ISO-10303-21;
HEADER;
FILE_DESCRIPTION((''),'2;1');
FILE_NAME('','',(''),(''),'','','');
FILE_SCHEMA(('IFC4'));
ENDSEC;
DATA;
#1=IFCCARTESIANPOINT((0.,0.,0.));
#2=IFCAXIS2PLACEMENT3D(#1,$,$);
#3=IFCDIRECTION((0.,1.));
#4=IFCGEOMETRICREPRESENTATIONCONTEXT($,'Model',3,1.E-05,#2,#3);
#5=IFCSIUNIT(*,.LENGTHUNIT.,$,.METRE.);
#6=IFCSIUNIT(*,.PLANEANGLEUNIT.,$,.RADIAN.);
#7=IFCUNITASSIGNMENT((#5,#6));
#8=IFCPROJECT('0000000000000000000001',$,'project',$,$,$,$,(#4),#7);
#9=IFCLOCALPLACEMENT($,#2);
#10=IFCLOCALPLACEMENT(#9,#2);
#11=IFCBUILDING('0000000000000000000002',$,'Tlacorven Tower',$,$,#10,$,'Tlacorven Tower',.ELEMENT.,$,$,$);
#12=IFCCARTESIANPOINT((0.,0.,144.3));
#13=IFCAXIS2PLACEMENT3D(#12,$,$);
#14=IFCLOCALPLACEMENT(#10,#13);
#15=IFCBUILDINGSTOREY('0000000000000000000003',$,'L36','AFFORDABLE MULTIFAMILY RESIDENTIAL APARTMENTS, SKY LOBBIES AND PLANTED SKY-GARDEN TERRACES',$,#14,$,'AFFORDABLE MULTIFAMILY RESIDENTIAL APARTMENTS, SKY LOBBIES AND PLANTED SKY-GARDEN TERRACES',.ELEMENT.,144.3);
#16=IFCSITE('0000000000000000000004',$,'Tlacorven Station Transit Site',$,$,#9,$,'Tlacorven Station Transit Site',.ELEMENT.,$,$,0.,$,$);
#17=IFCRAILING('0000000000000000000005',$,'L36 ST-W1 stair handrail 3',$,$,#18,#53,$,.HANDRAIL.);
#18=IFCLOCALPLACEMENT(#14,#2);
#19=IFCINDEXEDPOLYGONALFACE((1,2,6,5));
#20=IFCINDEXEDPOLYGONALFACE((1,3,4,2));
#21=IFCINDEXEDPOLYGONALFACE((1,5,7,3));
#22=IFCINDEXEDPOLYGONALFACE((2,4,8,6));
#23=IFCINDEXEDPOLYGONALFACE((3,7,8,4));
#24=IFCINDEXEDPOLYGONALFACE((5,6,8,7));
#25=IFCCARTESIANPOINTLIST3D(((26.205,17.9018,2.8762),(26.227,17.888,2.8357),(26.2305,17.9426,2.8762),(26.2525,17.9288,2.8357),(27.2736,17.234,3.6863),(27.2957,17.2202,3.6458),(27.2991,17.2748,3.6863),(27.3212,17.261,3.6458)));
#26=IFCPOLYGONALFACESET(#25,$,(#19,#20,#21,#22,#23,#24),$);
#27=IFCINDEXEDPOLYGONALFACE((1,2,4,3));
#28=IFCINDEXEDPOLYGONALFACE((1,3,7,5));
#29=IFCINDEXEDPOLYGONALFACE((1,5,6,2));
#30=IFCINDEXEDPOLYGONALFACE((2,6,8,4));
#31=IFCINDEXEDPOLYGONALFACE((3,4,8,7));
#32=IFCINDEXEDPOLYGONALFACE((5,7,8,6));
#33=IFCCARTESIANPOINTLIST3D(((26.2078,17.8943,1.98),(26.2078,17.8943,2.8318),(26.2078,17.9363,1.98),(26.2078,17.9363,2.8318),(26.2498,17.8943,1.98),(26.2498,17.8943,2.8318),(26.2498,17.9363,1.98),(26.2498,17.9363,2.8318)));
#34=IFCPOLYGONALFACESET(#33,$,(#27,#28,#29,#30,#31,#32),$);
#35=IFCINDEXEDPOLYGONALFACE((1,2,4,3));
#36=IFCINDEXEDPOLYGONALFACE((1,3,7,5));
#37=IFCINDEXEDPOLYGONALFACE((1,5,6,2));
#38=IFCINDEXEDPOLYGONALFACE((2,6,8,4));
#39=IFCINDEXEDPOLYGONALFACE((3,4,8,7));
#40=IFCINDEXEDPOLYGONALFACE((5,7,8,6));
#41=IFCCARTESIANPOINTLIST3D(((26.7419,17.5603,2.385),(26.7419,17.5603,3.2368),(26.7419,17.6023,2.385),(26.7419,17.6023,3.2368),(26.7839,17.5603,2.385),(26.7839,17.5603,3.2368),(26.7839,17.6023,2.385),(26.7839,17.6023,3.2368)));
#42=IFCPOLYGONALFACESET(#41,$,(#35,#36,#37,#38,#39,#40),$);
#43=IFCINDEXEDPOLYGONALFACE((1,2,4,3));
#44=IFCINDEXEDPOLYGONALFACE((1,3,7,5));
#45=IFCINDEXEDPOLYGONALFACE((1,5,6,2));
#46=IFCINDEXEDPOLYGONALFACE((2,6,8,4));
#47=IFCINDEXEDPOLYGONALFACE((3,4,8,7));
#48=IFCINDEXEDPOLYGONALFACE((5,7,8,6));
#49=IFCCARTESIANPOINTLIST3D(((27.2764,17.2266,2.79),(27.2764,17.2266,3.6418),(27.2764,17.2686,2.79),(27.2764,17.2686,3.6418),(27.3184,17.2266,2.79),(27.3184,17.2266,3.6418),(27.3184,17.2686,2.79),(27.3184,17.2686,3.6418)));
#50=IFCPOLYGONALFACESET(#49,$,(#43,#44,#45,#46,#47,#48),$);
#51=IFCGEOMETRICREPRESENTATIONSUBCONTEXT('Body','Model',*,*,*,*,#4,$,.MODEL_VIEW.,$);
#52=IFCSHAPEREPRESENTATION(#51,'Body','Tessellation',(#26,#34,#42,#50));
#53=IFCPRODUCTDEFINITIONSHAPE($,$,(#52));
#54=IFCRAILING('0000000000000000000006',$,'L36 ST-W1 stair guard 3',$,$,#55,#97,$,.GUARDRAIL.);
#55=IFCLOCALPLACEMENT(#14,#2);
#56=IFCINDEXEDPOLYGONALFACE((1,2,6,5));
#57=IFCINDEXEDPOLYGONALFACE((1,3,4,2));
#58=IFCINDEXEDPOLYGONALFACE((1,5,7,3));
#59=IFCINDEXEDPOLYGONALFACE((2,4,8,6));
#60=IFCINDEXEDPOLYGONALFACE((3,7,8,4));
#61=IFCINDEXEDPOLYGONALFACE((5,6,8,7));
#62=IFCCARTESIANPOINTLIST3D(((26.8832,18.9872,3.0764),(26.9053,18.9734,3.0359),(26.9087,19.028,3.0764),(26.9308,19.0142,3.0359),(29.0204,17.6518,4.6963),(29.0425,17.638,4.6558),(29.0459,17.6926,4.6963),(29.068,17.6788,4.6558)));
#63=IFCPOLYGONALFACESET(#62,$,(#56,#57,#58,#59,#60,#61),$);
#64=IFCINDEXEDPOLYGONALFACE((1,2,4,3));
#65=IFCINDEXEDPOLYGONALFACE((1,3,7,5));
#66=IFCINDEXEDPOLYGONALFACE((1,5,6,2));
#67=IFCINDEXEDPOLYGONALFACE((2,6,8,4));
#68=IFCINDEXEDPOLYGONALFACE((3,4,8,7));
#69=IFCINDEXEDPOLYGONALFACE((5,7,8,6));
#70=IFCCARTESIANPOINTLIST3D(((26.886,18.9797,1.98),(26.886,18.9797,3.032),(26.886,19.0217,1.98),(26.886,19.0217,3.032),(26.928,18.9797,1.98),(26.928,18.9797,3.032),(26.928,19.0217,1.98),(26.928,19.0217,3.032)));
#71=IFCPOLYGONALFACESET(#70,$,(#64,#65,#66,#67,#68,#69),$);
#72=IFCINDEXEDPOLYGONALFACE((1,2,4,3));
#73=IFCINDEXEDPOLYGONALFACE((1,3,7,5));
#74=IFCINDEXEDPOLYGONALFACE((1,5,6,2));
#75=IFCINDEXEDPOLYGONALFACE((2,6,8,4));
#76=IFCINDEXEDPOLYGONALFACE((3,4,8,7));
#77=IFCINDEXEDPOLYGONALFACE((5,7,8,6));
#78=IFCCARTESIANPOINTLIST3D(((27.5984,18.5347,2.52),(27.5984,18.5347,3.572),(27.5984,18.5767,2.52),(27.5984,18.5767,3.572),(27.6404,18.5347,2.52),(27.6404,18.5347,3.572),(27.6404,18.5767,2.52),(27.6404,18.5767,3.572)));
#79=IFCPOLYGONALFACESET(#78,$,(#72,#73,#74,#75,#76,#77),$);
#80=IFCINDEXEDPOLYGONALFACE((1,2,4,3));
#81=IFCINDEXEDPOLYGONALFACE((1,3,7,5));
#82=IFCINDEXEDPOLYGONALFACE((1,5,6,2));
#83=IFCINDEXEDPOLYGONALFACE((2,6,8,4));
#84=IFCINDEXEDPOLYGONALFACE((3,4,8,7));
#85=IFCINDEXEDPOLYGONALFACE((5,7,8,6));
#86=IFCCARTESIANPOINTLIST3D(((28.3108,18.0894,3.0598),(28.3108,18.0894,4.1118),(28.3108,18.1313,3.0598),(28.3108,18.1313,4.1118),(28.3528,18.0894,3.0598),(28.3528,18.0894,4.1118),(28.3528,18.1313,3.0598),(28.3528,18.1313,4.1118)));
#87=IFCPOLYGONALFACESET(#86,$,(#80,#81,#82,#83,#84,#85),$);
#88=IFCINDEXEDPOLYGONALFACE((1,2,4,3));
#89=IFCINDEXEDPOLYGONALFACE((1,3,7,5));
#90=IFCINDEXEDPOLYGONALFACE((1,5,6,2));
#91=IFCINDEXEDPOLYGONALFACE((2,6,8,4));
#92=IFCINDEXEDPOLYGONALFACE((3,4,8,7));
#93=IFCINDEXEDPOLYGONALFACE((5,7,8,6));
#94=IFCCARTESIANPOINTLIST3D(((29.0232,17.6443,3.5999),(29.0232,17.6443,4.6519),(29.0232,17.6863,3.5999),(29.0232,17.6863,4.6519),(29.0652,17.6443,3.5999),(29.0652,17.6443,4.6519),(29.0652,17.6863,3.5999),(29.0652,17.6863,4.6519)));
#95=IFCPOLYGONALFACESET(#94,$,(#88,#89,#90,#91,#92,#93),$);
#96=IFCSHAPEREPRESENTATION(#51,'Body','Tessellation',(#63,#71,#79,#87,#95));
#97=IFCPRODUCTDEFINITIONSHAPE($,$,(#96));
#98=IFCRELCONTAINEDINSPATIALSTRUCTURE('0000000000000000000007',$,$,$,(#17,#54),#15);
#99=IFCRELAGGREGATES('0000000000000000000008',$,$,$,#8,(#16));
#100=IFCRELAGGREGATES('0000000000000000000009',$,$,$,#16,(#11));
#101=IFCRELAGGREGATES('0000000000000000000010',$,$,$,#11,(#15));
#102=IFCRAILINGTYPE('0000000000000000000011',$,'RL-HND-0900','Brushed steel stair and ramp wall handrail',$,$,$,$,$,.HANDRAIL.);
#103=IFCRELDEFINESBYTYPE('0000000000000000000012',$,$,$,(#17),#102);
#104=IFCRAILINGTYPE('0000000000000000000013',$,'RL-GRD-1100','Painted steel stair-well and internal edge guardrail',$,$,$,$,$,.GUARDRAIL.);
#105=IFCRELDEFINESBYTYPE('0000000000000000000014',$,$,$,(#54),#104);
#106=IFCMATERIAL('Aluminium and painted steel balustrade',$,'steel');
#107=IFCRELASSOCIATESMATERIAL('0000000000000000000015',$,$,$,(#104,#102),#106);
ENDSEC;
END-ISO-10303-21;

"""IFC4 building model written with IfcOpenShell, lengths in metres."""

from ifc_helpers import new_model, si_unit, direction, frame, origin, origin_2d, place, context, subcontext, project, spatial, rectangle, extrude, source, transform, mapped, material, type_object, element, save


model = new_model("IFC4")

# Units and contexts
model_context = context("Model", 3, precision=1e-05, world=origin(), true_north=direction((0.0, 1.0)))
body_context = subcontext(model_context, "Body", "Model", "MODEL_VIEW")
ifc_project = project(units=[si_unit("LENGTHUNIT", "METRE"), si_unit("PLANEANGLEUNIT", "RADIAN")], contexts=[model_context])

# Site, building, storey
site_placement = place(None, origin())
site = spatial("IfcSite", under=ifc_project, at=site_placement, Name="Tlacorven Station Transit Site", LongName="Tlacorven Station Transit Site", CompositionType="ELEMENT", RefElevation=0.0)
building_placement = place(site_placement, origin())
building = spatial("IfcBuilding", under=site, at=building_placement, Name="Tlacorven Tower", LongName="Tlacorven Tower", CompositionType="ELEMENT")
storey_placement = place(building_placement, frame((0.0, 0.0, 144.3)))
storey = spatial("IfcBuildingStorey", under=building, at=storey_placement, Name="L36", Description="AFFORDABLE MULTIFAMILY RESIDENTIAL APARTMENTS, SKY LOBBIES AND PLANTED SKY-GARDEN TERRACES", LongName="AFFORDABLE MULTIFAMILY RESIDENTIAL APARTMENTS, SKY LOBBIES AND PLANTED SKY-GARDEN TERRACES", CompositionType="ELEMENT", Elevation=144.3)

# Railings
ifc_material_1 = material(Name="Aluminium and painted steel balustrade", Category="steel")
railing_type_1 = type_object("IfcRailingType", Name="RL-GRD-1100", Description="Painted steel stair-well and internal edge guardrail", PredefinedType="GUARDRAIL", material=ifc_material_1)
railing_type_2 = type_object("IfcRailingType", Name="RL-HND-0900", Description="Brushed steel stair and ramp wall handrail", PredefinedType="HANDRAIL", material=ifc_material_1)
shared_shape_1 = source(origin(), body_context, "Body", "SweptSolid", [
    extrude(rectangle(XDim=0.0481, YDim=0.0481, at=origin_2d()), frame((0.0, 0.0, 0.876), z_axis=(0.71336, -0.445748, 0.540765), x_axis=(0.529912, 0.848053, 0.0)), (0.0, 0.0, 1.0), 1.498),
    extrude(rectangle(XDim=0.042, YDim=0.042, at=origin_2d()), origin(), (0.0, 0.0, 1.0), 0.8518),
    extrude(rectangle(XDim=0.042, YDim=0.042, at=origin_2d()), frame((0.5342, -0.334, 0.405)), (0.0, 0.0, 1.0), 0.8518),
    extrude(rectangle(XDim=0.042, YDim=0.042, at=origin_2d()), frame((1.0686, -0.6677, 0.8101)), (0.0, 0.0, 1.0), 0.8518),
])
railing_1_placement = place(storey_placement, frame((26.2288, 17.9153, 1.98)))
element("IfcRailing", 1, at=railing_1_placement, inside=storey, type_object=railing_type_2, Name="L36 ST-W1 stair handrail 3", PredefinedType="HANDRAIL", context=body_context, shape_type="MappedRepresentation", body=[
    mapped(shared_shape_1, transform((0.0, 0.0, 0.0), scale=1.0)),
])
shared_shape_2 = source(origin(), body_context, "Body", "SweptSolid", [
    extrude(rectangle(XDim=0.0481, YDim=0.0481, at=origin_2d()), frame((0.0, 0.0, 1.0762), z_axis=(0.713391, -0.445768, 0.540707), x_axis=(0.529912, 0.848053, 0.0)), (0.0, 0.0, 1.0), 2.9958),
    extrude(rectangle(XDim=0.042, YDim=0.042, at=origin_2d()), origin(), (0.0, 0.0, 1.0), 1.052),
    extrude(rectangle(XDim=0.042, YDim=0.042, at=origin_2d()), frame((0.7124, -0.4451, 0.54)), (0.0, 0.0, 1.0), 1.052),
    extrude(rectangle(XDim=0.042, YDim=0.042, at=origin_2d()), frame((1.4248, -0.8904, 1.0798)), (0.0, 0.0, 1.0), 1.052),
    extrude(rectangle(XDim=0.042, YDim=0.042, at=origin_2d()), frame((2.1372, -1.3354, 1.6199)), (0.0, 0.0, 1.0), 1.052),
])
railing_2_placement = place(storey_placement, frame((26.907, 19.0007, 1.98)))
element("IfcRailing", 2, at=railing_2_placement, inside=storey, type_object=railing_type_1, Name="L36 ST-W1 stair guard 3", PredefinedType="GUARDRAIL", context=body_context, shape_type="MappedRepresentation", body=[
    mapped(shared_shape_2, transform((0.0, 0.0, 0.0), scale=1.0)),
])

save(model, "model.ifc")
